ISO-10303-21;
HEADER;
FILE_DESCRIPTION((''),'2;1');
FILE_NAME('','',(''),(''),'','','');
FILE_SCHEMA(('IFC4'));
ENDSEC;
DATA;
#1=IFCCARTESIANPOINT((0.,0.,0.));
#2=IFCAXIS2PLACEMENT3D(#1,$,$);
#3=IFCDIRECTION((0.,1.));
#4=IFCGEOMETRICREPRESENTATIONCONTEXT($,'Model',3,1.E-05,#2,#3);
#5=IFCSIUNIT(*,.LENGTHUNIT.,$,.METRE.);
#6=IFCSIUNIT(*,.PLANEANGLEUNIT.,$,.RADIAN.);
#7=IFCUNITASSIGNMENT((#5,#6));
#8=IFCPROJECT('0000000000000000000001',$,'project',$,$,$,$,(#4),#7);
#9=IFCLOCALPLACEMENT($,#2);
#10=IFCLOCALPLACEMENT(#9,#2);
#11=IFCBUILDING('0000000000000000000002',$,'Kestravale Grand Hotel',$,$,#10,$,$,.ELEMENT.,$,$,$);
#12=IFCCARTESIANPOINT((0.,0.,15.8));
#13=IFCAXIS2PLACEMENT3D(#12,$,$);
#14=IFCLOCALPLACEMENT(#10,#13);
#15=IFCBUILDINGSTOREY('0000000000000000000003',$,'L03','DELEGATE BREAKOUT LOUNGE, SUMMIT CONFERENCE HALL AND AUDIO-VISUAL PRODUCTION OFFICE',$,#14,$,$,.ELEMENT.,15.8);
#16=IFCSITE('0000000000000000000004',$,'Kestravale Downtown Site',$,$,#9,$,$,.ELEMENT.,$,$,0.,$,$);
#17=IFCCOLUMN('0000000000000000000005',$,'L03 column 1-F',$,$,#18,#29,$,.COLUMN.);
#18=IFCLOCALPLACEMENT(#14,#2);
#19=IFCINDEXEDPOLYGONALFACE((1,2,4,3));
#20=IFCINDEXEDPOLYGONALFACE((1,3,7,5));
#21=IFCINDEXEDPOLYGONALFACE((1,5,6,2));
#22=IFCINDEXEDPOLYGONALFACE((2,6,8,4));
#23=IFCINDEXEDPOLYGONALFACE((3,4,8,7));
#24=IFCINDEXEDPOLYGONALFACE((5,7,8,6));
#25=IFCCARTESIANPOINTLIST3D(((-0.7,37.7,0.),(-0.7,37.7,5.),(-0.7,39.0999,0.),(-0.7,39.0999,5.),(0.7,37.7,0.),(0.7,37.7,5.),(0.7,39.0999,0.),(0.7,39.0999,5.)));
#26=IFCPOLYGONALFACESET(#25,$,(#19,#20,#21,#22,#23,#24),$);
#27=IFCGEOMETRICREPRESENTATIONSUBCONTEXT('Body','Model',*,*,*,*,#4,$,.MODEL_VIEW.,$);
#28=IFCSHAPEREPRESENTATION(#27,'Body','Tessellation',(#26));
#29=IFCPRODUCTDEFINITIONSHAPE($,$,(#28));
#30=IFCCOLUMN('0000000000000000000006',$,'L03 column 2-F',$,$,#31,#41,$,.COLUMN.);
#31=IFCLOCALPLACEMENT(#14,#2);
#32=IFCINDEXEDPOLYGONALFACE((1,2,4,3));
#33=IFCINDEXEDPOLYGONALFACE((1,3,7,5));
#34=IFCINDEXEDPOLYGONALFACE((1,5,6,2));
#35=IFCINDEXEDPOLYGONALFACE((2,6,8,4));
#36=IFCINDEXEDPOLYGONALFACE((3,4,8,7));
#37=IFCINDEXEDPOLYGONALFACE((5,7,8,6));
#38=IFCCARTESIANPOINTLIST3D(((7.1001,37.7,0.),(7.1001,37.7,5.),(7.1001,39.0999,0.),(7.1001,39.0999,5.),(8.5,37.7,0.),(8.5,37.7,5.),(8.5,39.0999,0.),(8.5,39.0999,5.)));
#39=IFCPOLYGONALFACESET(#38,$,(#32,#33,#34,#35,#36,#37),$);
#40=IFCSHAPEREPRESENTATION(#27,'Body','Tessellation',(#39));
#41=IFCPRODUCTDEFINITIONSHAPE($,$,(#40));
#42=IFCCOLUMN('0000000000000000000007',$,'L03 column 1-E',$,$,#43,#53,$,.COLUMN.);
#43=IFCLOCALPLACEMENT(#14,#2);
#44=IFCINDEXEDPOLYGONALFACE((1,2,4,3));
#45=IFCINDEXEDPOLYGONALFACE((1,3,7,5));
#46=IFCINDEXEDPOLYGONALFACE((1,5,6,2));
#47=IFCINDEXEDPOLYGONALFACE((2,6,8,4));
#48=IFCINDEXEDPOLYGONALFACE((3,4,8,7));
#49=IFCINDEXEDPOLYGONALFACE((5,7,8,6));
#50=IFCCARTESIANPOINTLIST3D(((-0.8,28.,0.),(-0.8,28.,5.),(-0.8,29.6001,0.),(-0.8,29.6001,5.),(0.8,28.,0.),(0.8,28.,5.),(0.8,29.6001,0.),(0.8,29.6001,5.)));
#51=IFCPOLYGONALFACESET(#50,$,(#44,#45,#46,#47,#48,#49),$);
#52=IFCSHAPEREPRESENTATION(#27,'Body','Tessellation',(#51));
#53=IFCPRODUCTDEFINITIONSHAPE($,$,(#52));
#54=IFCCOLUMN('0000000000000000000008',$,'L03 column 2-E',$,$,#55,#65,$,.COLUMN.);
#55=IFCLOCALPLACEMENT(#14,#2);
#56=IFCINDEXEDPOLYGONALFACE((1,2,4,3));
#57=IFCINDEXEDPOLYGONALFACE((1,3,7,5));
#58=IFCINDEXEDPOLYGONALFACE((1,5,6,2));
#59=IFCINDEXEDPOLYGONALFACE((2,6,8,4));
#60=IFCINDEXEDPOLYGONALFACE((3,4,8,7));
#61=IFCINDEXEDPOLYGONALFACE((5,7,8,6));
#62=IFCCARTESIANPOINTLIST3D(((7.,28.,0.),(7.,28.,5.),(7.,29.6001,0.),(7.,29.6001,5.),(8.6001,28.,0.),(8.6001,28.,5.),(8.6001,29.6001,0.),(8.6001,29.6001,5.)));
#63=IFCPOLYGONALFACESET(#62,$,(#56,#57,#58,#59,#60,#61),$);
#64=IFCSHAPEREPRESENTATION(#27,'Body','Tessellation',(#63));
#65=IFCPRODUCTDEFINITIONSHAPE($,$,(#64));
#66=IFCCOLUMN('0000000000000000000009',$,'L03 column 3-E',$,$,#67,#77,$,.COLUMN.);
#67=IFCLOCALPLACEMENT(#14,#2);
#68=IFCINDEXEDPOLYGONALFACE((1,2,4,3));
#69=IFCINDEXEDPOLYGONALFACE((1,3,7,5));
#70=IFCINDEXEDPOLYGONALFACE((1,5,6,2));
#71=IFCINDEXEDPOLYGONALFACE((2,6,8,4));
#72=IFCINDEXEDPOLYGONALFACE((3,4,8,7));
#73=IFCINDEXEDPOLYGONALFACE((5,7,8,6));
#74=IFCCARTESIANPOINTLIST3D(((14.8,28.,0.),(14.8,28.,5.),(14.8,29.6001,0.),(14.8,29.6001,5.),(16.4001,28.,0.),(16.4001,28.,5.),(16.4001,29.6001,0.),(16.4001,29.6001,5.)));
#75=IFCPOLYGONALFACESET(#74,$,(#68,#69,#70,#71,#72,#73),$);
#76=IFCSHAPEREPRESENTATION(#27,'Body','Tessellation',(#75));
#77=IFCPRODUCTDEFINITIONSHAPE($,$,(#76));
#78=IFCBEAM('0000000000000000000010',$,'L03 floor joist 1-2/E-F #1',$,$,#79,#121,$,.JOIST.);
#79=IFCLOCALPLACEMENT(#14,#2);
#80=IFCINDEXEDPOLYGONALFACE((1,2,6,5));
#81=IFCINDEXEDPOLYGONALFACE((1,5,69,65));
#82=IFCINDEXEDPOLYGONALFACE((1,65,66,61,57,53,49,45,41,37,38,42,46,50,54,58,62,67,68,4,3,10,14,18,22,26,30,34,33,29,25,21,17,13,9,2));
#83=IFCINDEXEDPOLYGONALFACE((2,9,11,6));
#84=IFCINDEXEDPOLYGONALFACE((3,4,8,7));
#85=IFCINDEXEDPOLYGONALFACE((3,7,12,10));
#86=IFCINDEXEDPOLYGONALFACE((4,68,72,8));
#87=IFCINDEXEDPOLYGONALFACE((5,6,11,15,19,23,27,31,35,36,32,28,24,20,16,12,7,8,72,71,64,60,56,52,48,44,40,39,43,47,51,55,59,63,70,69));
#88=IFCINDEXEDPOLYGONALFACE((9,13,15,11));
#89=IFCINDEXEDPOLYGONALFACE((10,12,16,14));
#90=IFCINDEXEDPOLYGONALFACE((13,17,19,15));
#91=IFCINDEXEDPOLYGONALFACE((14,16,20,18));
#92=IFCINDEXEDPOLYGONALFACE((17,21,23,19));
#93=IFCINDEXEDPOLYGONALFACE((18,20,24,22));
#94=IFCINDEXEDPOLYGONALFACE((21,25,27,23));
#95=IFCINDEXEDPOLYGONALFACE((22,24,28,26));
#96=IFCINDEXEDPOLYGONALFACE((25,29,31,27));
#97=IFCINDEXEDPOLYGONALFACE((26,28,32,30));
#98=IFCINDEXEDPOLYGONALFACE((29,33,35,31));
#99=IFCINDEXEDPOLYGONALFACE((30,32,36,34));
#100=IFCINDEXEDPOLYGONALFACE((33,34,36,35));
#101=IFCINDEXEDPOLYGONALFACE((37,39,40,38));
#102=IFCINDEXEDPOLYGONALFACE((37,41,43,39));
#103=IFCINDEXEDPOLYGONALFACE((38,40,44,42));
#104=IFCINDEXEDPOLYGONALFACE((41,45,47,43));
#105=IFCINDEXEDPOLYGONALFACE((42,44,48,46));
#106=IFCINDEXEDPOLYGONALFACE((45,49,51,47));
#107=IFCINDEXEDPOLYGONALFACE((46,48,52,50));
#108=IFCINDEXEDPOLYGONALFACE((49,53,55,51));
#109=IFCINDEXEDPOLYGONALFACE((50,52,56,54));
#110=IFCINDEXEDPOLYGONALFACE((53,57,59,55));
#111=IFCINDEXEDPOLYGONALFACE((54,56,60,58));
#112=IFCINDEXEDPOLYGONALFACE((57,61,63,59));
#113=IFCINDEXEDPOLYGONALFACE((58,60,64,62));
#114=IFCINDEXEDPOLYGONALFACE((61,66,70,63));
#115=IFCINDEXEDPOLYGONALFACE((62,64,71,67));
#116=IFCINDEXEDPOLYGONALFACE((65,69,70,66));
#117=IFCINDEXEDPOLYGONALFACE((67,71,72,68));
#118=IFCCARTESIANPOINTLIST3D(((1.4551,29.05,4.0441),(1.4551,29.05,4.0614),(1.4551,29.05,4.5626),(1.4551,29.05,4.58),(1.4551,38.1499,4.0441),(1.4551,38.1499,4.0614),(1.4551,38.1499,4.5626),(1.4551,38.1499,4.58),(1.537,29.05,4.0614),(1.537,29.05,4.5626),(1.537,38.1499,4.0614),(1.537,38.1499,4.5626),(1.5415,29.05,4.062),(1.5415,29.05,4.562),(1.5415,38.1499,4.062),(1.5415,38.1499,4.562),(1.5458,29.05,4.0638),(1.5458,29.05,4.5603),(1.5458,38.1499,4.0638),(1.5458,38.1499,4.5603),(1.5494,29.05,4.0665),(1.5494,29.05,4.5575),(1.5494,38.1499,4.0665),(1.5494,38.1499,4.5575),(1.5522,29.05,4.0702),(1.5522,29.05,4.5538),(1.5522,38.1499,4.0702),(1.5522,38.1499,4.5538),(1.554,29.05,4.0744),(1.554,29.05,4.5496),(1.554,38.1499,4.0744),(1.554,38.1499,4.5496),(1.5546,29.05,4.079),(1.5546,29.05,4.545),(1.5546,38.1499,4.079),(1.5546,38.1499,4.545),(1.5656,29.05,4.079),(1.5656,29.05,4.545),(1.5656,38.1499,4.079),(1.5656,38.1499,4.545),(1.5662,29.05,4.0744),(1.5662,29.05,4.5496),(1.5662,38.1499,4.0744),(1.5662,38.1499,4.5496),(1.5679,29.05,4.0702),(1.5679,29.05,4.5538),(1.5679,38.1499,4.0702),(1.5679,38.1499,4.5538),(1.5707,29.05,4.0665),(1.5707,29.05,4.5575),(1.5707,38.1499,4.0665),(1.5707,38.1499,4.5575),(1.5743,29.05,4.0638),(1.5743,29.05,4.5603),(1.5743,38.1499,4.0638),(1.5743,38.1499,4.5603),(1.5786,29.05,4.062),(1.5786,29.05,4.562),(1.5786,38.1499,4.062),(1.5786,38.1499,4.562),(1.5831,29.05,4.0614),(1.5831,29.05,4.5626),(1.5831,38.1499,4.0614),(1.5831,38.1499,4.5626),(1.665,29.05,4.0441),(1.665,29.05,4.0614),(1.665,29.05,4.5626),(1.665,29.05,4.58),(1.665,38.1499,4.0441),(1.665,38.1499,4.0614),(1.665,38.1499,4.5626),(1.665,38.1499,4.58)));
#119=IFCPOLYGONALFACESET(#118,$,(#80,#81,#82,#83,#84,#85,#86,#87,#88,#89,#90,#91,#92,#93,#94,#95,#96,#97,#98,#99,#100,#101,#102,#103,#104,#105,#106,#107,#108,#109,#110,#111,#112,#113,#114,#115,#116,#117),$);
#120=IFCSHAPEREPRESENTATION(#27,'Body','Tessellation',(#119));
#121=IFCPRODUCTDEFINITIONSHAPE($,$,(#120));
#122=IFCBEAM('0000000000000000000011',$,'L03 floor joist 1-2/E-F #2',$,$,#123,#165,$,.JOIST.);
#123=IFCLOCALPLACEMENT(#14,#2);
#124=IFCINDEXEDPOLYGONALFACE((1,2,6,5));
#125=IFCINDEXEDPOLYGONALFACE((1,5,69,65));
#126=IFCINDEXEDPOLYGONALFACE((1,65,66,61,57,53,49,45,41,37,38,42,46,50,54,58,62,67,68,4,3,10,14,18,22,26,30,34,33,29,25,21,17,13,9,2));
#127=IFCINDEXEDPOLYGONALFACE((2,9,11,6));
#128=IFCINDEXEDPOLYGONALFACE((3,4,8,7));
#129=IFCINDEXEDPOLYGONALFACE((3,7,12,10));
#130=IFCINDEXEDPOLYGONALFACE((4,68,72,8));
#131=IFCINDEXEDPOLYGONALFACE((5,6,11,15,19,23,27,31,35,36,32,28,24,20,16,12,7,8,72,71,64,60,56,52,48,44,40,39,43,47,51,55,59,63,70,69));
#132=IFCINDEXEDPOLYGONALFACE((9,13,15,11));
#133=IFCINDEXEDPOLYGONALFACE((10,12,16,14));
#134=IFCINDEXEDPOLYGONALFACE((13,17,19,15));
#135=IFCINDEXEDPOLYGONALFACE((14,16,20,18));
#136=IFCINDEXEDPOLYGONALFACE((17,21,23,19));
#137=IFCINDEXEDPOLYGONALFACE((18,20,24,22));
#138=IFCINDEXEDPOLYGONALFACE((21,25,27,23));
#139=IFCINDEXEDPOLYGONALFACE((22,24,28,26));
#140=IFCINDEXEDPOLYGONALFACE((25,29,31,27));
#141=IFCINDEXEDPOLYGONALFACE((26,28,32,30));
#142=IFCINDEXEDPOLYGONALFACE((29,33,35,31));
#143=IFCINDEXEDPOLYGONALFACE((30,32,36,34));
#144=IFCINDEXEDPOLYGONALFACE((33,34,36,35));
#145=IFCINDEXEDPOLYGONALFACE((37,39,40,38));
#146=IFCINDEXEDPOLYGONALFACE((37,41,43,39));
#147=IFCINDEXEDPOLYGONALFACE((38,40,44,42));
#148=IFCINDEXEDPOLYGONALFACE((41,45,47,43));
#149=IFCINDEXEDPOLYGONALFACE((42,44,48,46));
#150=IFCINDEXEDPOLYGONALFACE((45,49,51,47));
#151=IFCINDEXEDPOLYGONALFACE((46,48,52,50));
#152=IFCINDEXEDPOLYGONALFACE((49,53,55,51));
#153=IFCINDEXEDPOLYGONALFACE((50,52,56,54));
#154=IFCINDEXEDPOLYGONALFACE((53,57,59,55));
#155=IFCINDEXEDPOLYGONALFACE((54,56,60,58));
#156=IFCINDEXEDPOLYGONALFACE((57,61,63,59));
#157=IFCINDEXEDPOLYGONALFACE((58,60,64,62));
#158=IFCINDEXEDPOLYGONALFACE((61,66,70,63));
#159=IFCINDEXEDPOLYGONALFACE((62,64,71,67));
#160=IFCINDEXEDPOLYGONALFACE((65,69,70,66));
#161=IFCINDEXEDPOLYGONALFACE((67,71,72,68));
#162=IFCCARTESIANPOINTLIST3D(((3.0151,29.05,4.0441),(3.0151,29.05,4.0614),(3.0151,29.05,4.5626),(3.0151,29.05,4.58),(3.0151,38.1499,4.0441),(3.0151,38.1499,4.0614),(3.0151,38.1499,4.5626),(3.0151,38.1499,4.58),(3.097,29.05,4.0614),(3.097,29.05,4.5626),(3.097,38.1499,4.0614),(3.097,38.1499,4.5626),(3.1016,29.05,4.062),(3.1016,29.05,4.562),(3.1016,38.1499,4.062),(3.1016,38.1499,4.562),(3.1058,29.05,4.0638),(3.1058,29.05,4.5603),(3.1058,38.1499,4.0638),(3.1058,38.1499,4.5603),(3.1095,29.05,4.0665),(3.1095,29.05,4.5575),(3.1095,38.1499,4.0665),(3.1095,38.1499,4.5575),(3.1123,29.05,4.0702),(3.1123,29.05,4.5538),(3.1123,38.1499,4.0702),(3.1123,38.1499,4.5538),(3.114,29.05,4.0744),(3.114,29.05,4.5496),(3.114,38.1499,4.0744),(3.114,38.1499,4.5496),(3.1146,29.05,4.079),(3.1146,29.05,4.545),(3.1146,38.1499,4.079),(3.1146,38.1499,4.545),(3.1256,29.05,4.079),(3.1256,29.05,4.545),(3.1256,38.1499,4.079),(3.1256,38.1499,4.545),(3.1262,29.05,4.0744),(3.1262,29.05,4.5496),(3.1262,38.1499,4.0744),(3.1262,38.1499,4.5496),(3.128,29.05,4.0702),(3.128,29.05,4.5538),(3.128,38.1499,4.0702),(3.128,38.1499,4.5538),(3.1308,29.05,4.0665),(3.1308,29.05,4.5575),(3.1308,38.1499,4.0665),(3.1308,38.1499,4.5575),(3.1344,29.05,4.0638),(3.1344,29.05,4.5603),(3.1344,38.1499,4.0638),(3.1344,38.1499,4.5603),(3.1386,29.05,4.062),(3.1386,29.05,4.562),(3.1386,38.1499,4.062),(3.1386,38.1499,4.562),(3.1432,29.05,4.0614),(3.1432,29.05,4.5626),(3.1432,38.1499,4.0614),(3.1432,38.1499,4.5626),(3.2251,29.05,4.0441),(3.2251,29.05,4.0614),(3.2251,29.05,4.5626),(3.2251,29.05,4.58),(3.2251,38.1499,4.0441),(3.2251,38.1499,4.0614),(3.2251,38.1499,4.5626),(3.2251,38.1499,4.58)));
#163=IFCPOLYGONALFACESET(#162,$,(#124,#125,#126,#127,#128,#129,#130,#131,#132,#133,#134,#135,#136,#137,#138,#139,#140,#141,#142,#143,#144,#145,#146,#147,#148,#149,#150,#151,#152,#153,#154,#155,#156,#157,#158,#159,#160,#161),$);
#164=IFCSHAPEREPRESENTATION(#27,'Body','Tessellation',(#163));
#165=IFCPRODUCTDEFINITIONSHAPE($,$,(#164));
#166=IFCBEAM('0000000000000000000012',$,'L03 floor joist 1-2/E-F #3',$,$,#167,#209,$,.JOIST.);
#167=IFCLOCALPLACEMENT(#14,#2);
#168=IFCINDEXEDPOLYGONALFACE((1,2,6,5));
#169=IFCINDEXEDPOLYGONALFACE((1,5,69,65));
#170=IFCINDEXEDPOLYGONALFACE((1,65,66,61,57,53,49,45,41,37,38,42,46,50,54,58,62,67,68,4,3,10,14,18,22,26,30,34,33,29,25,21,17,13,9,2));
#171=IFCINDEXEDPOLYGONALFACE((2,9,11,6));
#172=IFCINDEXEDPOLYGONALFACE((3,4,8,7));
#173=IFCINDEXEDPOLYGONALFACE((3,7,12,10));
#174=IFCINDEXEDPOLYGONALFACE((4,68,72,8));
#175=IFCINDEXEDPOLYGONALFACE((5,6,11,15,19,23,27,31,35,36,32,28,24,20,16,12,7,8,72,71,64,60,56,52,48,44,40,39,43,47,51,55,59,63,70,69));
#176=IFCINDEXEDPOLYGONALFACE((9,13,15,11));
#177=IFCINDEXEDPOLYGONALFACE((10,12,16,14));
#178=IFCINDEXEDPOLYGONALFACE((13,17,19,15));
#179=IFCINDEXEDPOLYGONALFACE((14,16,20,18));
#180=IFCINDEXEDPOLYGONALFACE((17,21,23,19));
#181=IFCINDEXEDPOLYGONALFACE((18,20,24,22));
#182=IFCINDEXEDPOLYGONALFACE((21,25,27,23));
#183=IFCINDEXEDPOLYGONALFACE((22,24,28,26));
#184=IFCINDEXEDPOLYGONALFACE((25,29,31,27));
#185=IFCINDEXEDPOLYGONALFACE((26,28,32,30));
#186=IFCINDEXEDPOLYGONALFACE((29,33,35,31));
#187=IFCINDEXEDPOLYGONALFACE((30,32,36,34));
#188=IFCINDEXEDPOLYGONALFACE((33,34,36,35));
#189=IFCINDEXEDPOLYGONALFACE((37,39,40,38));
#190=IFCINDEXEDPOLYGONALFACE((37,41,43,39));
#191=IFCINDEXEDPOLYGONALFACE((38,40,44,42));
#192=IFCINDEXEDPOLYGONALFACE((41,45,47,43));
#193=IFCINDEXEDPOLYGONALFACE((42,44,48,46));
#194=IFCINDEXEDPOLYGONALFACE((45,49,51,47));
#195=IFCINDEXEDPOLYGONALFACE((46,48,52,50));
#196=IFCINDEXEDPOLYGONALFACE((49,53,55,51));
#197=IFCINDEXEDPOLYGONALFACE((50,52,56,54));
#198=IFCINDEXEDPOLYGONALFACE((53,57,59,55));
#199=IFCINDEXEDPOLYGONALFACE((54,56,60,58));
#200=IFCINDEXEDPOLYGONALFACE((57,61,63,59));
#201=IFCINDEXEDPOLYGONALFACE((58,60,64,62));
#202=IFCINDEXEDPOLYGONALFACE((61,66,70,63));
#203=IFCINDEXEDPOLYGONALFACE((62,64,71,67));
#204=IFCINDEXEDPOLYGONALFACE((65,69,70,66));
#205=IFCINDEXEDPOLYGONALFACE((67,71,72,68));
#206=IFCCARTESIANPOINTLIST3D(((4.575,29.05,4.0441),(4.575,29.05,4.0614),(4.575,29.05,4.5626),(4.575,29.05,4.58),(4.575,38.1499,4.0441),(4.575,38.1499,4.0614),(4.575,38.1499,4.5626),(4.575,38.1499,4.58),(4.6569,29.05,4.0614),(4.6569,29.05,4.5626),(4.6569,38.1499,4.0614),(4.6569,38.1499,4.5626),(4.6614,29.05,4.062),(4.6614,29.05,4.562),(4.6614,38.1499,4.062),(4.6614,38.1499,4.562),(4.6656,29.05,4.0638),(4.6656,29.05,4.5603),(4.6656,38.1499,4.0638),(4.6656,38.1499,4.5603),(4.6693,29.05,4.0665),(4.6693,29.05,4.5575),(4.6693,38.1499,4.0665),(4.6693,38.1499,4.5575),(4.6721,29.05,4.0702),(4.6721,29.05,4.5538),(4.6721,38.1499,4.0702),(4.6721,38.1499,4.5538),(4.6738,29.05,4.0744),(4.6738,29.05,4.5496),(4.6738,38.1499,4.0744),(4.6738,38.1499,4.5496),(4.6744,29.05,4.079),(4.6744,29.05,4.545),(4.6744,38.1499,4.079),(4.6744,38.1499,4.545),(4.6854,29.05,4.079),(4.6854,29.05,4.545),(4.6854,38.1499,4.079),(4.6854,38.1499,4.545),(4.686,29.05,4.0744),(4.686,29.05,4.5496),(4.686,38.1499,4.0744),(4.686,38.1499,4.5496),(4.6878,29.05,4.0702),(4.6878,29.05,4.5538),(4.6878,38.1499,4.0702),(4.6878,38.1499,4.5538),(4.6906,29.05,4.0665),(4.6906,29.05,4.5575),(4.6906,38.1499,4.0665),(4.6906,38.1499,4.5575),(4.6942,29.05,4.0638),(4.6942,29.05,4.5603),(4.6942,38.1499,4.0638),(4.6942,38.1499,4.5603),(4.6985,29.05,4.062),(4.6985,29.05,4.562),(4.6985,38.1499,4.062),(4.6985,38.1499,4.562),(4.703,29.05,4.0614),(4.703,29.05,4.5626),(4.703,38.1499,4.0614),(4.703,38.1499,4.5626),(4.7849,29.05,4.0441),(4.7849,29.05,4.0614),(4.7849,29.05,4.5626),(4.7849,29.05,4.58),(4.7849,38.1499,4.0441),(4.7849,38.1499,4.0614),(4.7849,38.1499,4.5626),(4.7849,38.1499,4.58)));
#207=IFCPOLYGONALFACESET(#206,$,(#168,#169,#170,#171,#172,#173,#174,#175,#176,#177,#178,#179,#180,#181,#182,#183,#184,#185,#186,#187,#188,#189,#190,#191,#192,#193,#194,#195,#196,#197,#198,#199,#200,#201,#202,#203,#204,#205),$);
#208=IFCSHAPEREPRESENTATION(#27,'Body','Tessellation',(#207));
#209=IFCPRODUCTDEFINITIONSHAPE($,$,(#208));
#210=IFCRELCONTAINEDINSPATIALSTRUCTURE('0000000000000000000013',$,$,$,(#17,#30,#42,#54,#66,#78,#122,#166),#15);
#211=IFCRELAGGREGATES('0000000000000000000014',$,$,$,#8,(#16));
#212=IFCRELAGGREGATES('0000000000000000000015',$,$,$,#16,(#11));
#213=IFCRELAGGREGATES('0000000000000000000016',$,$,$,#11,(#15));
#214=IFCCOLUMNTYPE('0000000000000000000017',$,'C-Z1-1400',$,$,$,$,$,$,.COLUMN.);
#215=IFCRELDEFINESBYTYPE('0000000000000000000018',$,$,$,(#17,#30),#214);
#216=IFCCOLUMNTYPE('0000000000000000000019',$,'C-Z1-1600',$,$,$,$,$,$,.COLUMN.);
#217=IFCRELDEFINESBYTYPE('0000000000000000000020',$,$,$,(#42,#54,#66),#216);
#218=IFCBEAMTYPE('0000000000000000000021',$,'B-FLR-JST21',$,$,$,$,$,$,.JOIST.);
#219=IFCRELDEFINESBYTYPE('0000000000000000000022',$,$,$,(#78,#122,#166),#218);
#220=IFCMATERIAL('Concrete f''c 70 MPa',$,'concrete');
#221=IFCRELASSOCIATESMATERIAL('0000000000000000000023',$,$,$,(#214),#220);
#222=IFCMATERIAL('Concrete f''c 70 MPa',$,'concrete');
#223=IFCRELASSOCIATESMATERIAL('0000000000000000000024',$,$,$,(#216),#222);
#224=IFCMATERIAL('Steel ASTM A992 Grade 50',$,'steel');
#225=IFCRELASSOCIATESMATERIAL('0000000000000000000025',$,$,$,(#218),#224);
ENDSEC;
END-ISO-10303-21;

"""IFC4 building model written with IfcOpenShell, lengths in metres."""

from ifc_helpers import new_model, si_unit, direction, frame, origin, origin_2d, place, context, subcontext, project, spatial, rectangle, i_section, extrude, material, material_profile, profile_set, type_object, element, save


model = new_model("IFC4")

# Units and contexts
model_context = context("Model", 3, precision=1e-05, world=origin(), true_north=direction((0.0, 1.0)))
body_context = subcontext(model_context, "Body", "Model", "MODEL_VIEW")
ifc_project = project(units=[si_unit("LENGTHUNIT", "METRE"), si_unit("PLANEANGLEUNIT", "RADIAN")], contexts=[model_context])

# Site, building, storey
site_placement = place(None, origin())
site = spatial("IfcSite", under=ifc_project, at=site_placement, Name="Kestravale Downtown Site", CompositionType="ELEMENT", RefElevation=0.0)
building_placement = place(site_placement, origin())
building = spatial("IfcBuilding", under=site, at=building_placement, Name="Kestravale Grand Hotel", CompositionType="ELEMENT")
storey_placement = place(building_placement, frame((0.0, 0.0, 15.8)))
storey = spatial("IfcBuildingStorey", under=building, at=storey_placement, Name="L03", Description="DELEGATE BREAKOUT LOUNGE, SUMMIT CONFERENCE HALL AND AUDIO-VISUAL PRODUCTION OFFICE", CompositionType="ELEMENT", Elevation=15.8)

# Columns
ifc_material_1 = material(Name="Concrete f'c 70 MPa", Category="concrete")
ifc_material_profile_1 = material_profile(ifc_material_1, rectangle(XDim=1.3999, YDim=1.3999, at=origin_2d()))
ifc_profile_set_1 = profile_set([ifc_material_profile_1], Name="Concrete f'c 70 MPa")
column_type_1 = type_object("IfcColumnType", Name="C-Z1-1400", PredefinedType="COLUMN", material=ifc_profile_set_1)
for number, where, z_axis, x_axis, name in (
    (1, (0.0, 38.3999, 0.0), (0.0, 0.0, 1.0), (1.0, 0.0, 0.0), "L03 column 1-F"),
    (2, (7.8, 38.3999, 0.0), (0.0, 0.0, 1.0), (1.0, 0.0, 0.0), "L03 column 2-F"),
):
    element("IfcColumn", number, at=place(storey_placement, frame(where, z_axis=z_axis, x_axis=x_axis)), inside=storey, type_object=column_type_1, Name=name, PredefinedType="COLUMN", context=body_context, shape_type="SweptSolid", body=[
        extrude(rectangle(XDim=1.3999, YDim=1.3999, at=origin_2d()), origin(), (0.0, 0.0, 1.0), 5.0),
    ])
ifc_material_2 = material(Name="Concrete f'c 70 MPa", Category="concrete")
ifc_material_profile_2 = material_profile(ifc_material_2, rectangle(XDim=1.6001, YDim=1.6001, at=origin_2d()))
ifc_profile_set_2 = profile_set([ifc_material_profile_2], Name="Concrete f'c 70 MPa")
column_type_2 = type_object("IfcColumnType", Name="C-Z1-1600", PredefinedType="COLUMN", material=ifc_profile_set_2)
for number, where, z_axis, x_axis, name in (
    (3, (0.0, 28.8, 0.0), (0.0, 0.0, 1.0), (1.0, 0.0, 0.0), "L03 column 1-E"),
    (4, (7.8, 28.8, 0.0), (0.0, 0.0, 1.0), (1.0, 0.0, 0.0), "L03 column 2-E"),
    (5, (15.6001, 28.8, 0.0), (0.0, 0.0, 1.0), (1.0, 0.0, 0.0), "L03 column 3-E"),
):
    element("IfcColumn", number, at=place(storey_placement, frame(where, z_axis=z_axis, x_axis=x_axis)), inside=storey, type_object=column_type_2, Name=name, PredefinedType="COLUMN", context=body_context, shape_type="SweptSolid", body=[
        extrude(rectangle(XDim=1.6001, YDim=1.6001, at=origin_2d()), origin(), (0.0, 0.0, 1.0), 5.0),
    ])

# Beams
ifc_material_3 = material(Name="Steel ASTM A992 Grade 50", Category="steel")
ifc_material_profile_3 = material_profile(ifc_material_3, i_section(OverallWidth=0.21, OverallDepth=0.5359, WebThickness=0.011, FlangeThickness=0.0173, FilletRadius=0.0176, at=origin_2d()))
ifc_profile_set_3 = profile_set([ifc_material_profile_3], Name="Steel ASTM A992 Grade 50")
beam_type_1 = type_object("IfcBeamType", Name="B-FLR-JST21", PredefinedType="JOIST", material=ifc_profile_set_3)
for number, where, z_axis, x_axis, name in (
    (6, (1.5601, 29.05, 4.312), (0.0, 1.0, 0.0), (-1.0, 0.0, 0.0), "L03 floor joist 1-2/E-F #1"),
    (7, (3.1201, 29.05, 4.312), (0.0, 1.0, 0.0), (-1.0, 0.0, 0.0), "L03 floor joist 1-2/E-F #2"),
    (8, (4.6799, 29.05, 4.312), (0.0, 1.0, 0.0), (-1.0, 0.0, 0.0), "L03 floor joist 1-2/E-F #3"),
):
    element("IfcBeam", number, at=place(storey_placement, frame(where, z_axis=z_axis, x_axis=x_axis)), inside=storey, type_object=beam_type_1, Name=name, PredefinedType="JOIST", context=body_context, shape_type="SweptSolid", body=[
        extrude(i_section(OverallWidth=0.21, OverallDepth=0.5359, WebThickness=0.011, FlangeThickness=0.0173, FilletRadius=0.0176, at=origin_2d()), origin(), (0.0, 0.0, 1.0), 9.0999),
    ])

save(model, "model.ifc")
